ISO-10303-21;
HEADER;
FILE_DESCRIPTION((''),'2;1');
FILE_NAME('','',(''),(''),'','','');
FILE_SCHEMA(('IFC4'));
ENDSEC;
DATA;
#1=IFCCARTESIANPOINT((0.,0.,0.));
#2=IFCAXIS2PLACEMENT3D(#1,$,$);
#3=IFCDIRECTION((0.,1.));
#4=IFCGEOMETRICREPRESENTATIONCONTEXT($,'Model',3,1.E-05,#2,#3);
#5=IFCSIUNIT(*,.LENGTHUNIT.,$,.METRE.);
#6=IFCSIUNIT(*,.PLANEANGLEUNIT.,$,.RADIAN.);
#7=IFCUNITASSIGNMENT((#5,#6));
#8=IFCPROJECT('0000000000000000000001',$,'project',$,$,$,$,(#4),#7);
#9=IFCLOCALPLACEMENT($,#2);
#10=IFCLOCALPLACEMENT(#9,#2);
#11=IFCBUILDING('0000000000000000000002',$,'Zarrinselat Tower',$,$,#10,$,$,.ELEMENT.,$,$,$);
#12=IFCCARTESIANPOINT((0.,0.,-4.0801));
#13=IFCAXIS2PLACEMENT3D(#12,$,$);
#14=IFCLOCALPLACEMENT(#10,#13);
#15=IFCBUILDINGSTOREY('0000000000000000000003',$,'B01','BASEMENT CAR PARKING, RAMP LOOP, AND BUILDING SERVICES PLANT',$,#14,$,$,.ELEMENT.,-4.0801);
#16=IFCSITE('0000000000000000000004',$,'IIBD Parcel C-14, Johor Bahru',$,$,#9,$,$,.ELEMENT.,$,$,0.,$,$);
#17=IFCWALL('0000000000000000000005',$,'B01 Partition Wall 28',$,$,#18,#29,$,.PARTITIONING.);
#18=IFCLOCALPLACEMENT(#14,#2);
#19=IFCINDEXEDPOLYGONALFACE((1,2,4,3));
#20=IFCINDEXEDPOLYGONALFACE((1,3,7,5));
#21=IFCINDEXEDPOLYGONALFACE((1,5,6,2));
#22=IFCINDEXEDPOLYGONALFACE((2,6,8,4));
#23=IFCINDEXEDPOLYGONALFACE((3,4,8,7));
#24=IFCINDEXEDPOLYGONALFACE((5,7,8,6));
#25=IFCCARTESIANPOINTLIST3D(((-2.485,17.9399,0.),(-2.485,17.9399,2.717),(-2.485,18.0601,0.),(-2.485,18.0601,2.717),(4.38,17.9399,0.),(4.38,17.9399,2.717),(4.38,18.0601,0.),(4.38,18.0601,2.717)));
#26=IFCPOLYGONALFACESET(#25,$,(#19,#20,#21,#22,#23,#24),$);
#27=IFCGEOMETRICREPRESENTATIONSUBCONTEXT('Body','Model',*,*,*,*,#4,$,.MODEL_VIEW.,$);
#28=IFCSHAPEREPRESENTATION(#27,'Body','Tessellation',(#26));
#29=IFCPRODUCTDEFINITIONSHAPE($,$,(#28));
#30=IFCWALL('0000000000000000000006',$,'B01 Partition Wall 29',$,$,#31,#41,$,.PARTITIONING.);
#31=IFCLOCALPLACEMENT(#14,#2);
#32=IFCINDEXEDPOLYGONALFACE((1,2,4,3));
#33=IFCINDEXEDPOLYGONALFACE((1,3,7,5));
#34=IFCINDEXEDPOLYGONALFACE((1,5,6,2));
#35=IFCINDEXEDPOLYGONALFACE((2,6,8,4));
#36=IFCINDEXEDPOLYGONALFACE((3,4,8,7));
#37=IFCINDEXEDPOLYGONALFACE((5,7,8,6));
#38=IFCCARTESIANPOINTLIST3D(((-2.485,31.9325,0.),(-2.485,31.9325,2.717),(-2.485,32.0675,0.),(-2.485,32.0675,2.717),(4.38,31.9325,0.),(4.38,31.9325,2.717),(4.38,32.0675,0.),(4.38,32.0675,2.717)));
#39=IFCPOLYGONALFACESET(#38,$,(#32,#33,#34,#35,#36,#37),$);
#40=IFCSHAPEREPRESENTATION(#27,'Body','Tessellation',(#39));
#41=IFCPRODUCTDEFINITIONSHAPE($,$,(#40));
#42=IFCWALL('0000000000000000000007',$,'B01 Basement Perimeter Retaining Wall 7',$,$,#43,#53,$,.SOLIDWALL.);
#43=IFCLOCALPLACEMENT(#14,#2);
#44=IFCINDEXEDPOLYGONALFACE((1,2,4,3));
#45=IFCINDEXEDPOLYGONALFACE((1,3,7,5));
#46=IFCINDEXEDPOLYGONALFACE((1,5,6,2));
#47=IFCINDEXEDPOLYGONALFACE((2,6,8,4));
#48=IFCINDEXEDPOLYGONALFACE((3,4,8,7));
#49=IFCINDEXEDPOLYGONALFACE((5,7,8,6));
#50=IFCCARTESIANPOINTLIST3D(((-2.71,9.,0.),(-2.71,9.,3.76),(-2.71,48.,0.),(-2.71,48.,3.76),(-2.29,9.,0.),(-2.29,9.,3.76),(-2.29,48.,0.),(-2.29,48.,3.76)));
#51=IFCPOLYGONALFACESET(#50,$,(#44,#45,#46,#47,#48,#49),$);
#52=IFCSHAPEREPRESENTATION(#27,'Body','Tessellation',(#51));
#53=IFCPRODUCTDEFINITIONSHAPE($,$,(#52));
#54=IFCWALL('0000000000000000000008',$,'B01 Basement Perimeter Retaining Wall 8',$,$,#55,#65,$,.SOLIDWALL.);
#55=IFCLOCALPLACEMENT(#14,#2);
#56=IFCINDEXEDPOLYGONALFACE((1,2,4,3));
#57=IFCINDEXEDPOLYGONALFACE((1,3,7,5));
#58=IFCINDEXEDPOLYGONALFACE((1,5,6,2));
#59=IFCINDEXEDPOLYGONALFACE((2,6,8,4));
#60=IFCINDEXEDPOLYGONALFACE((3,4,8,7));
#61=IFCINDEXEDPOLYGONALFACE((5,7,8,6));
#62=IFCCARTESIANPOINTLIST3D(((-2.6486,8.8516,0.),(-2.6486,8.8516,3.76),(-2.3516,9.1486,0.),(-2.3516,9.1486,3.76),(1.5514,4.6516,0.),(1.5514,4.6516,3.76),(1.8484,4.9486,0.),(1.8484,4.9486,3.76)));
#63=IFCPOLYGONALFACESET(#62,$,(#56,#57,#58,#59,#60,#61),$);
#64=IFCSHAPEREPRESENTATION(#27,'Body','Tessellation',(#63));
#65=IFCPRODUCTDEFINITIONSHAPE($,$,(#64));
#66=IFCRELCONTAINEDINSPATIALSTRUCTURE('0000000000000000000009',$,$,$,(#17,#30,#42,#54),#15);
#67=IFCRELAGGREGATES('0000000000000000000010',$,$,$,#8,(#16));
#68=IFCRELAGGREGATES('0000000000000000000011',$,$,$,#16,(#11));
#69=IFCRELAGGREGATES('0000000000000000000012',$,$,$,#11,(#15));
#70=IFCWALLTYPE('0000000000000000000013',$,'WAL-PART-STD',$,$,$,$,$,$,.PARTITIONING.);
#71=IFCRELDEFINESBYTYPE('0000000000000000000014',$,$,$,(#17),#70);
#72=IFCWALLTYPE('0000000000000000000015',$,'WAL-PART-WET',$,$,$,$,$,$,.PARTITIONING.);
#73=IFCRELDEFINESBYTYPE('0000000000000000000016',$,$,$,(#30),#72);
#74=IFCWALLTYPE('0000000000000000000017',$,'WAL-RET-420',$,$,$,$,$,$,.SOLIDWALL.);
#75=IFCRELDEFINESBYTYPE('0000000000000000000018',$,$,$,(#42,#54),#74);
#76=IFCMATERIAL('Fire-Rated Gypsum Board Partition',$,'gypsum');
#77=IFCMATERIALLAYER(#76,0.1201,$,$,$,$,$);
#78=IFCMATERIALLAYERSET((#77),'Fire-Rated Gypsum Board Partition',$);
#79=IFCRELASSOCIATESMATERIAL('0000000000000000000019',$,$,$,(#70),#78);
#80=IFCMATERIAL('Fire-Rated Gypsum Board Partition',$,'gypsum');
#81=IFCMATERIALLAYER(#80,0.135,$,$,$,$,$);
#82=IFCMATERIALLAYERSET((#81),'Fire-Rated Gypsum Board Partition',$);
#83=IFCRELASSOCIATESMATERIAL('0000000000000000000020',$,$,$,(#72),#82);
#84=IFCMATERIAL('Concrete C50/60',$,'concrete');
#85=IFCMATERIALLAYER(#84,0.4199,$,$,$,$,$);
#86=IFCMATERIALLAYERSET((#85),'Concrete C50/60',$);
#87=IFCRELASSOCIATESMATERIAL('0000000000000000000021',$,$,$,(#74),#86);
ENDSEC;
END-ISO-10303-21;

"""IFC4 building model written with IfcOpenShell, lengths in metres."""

from ifc_helpers import new_model, si_unit, direction, frame, frame_2d, origin, place, context, subcontext, project, spatial, rectangle, extrude, material, layer, layer_set, type_object, element, save


model = new_model("IFC4")

# Units and contexts
model_context = context("Model", 3, precision=1e-05, world=origin(), true_north=direction((0.0, 1.0)))
body_context = subcontext(model_context, "Body", "Model", "MODEL_VIEW")
ifc_project = project(units=[si_unit("LENGTHUNIT", "METRE"), si_unit("PLANEANGLEUNIT", "RADIAN")], contexts=[model_context])

# Site, building, storey
site_placement = place(None, origin())
site = spatial("IfcSite", under=ifc_project, at=site_placement, Name="IIBD Parcel C-14, Johor Bahru", CompositionType="ELEMENT", RefElevation=0.0)
building_placement = place(site_placement, origin())
building = spatial("IfcBuilding", under=site, at=building_placement, Name="Zarrinselat Tower", CompositionType="ELEMENT")
storey_placement = place(building_placement, frame((0.0, 0.0, -4.0801)))
storey = spatial("IfcBuildingStorey", under=building, at=storey_placement, Name="B01", Description="BASEMENT CAR PARKING, RAMP LOOP, AND BUILDING SERVICES PLANT", CompositionType="ELEMENT", Elevation=-4.0801)

# Walls
ifc_material_1 = material(Name="Fire-Rated Gypsum Board Partition", Category="gypsum")
ifc_layer_1 = layer(ifc_material_1, 0.1201)
ifc_layer_set_1 = layer_set([ifc_layer_1], Name="Fire-Rated Gypsum Board Partition")
wall_type_1 = type_object("IfcWallType", Name="WAL-PART-STD", PredefinedType="PARTITIONING", material=ifc_layer_set_1)
wall_1_placement = place(storey_placement, frame((-2.4851, 18.0, 0.0), z_axis=(0.0, 0.0, 1.0), x_axis=(1.0, 0.0, 0.0)))
element("IfcWall", 1, at=wall_1_placement, inside=storey, type_object=wall_type_1, Name="B01 Partition Wall 28", PredefinedType="PARTITIONING", context=body_context, shape_type="SweptSolid", body=[
    extrude(rectangle(XDim=6.865, YDim=0.1201, at=frame_2d((3.4326, 0.0))), origin(), (0.0, 0.0, 1.0), 2.717),
])
ifc_material_2 = material(Name="Fire-Rated Gypsum Board Partition", Category="gypsum")
ifc_layer_2 = layer(ifc_material_2, 0.135)
ifc_layer_set_2 = layer_set([ifc_layer_2], Name="Fire-Rated Gypsum Board Partition")
wall_type_2 = type_object("IfcWallType", Name="WAL-PART-WET", PredefinedType="PARTITIONING", material=ifc_layer_set_2)
wall_2_placement = place(storey_placement, frame((-2.4851, 32.0, 0.0), z_axis=(0.0, 0.0, 1.0), x_axis=(1.0, 0.0, 0.0)))
element("IfcWall", 2, at=wall_2_placement, inside=storey, type_object=wall_type_2, Name="B01 Partition Wall 29", PredefinedType="PARTITIONING", context=body_context, shape_type="SweptSolid", body=[
    extrude(rectangle(XDim=6.865, YDim=0.135, at=frame_2d((3.4326, 0.0))), origin(), (0.0, 0.0, 1.0), 2.717),
])
ifc_material_3 = material(Name="Concrete C50/60", Category="concrete")
ifc_layer_3 = layer(ifc_material_3, 0.4199)
ifc_layer_set_3 = layer_set([ifc_layer_3], Name="Concrete C50/60")
wall_type_3 = type_object("IfcWallType", Name="WAL-RET-420", PredefinedType="SOLIDWALL", material=ifc_layer_set_3)
wall_3_placement = place(storey_placement, frame((-2.5, 9.0, 0.0), z_axis=(0.0, 0.0, 1.0), x_axis=(0.0, 1.0, 0.0)))
element("IfcWall", 3, at=wall_3_placement, inside=storey, type_object=wall_type_3, Name="B01 Basement Perimeter Retaining Wall 7", PredefinedType="SOLIDWALL", context=body_context, shape_type="SweptSolid", body=[
    extrude(rectangle(XDim=39.0, YDim=0.4199, at=frame_2d((19.5, 0.0))), origin(), (0.0, 0.0, 1.0), 3.76),
])
wall_4_placement = place(storey_placement, frame((-2.5, 9.0, 0.0), z_axis=(0.0, 0.0, 1.0), x_axis=(0.707107, -0.707107, 0.0)))
element("IfcWall", 4, at=wall_4_placement, inside=storey, type_object=wall_type_3, Name="B01 Basement Perimeter Retaining Wall 8", PredefinedType="SOLIDWALL", context=body_context, shape_type="SweptSolid", body=[
    extrude(rectangle(XDim=5.9397, YDim=0.4199, at=frame_2d((2.9697, 0.0))), origin(), (0.0, 0.0, 1.0), 3.76),
])

save(model, "model.ifc")
